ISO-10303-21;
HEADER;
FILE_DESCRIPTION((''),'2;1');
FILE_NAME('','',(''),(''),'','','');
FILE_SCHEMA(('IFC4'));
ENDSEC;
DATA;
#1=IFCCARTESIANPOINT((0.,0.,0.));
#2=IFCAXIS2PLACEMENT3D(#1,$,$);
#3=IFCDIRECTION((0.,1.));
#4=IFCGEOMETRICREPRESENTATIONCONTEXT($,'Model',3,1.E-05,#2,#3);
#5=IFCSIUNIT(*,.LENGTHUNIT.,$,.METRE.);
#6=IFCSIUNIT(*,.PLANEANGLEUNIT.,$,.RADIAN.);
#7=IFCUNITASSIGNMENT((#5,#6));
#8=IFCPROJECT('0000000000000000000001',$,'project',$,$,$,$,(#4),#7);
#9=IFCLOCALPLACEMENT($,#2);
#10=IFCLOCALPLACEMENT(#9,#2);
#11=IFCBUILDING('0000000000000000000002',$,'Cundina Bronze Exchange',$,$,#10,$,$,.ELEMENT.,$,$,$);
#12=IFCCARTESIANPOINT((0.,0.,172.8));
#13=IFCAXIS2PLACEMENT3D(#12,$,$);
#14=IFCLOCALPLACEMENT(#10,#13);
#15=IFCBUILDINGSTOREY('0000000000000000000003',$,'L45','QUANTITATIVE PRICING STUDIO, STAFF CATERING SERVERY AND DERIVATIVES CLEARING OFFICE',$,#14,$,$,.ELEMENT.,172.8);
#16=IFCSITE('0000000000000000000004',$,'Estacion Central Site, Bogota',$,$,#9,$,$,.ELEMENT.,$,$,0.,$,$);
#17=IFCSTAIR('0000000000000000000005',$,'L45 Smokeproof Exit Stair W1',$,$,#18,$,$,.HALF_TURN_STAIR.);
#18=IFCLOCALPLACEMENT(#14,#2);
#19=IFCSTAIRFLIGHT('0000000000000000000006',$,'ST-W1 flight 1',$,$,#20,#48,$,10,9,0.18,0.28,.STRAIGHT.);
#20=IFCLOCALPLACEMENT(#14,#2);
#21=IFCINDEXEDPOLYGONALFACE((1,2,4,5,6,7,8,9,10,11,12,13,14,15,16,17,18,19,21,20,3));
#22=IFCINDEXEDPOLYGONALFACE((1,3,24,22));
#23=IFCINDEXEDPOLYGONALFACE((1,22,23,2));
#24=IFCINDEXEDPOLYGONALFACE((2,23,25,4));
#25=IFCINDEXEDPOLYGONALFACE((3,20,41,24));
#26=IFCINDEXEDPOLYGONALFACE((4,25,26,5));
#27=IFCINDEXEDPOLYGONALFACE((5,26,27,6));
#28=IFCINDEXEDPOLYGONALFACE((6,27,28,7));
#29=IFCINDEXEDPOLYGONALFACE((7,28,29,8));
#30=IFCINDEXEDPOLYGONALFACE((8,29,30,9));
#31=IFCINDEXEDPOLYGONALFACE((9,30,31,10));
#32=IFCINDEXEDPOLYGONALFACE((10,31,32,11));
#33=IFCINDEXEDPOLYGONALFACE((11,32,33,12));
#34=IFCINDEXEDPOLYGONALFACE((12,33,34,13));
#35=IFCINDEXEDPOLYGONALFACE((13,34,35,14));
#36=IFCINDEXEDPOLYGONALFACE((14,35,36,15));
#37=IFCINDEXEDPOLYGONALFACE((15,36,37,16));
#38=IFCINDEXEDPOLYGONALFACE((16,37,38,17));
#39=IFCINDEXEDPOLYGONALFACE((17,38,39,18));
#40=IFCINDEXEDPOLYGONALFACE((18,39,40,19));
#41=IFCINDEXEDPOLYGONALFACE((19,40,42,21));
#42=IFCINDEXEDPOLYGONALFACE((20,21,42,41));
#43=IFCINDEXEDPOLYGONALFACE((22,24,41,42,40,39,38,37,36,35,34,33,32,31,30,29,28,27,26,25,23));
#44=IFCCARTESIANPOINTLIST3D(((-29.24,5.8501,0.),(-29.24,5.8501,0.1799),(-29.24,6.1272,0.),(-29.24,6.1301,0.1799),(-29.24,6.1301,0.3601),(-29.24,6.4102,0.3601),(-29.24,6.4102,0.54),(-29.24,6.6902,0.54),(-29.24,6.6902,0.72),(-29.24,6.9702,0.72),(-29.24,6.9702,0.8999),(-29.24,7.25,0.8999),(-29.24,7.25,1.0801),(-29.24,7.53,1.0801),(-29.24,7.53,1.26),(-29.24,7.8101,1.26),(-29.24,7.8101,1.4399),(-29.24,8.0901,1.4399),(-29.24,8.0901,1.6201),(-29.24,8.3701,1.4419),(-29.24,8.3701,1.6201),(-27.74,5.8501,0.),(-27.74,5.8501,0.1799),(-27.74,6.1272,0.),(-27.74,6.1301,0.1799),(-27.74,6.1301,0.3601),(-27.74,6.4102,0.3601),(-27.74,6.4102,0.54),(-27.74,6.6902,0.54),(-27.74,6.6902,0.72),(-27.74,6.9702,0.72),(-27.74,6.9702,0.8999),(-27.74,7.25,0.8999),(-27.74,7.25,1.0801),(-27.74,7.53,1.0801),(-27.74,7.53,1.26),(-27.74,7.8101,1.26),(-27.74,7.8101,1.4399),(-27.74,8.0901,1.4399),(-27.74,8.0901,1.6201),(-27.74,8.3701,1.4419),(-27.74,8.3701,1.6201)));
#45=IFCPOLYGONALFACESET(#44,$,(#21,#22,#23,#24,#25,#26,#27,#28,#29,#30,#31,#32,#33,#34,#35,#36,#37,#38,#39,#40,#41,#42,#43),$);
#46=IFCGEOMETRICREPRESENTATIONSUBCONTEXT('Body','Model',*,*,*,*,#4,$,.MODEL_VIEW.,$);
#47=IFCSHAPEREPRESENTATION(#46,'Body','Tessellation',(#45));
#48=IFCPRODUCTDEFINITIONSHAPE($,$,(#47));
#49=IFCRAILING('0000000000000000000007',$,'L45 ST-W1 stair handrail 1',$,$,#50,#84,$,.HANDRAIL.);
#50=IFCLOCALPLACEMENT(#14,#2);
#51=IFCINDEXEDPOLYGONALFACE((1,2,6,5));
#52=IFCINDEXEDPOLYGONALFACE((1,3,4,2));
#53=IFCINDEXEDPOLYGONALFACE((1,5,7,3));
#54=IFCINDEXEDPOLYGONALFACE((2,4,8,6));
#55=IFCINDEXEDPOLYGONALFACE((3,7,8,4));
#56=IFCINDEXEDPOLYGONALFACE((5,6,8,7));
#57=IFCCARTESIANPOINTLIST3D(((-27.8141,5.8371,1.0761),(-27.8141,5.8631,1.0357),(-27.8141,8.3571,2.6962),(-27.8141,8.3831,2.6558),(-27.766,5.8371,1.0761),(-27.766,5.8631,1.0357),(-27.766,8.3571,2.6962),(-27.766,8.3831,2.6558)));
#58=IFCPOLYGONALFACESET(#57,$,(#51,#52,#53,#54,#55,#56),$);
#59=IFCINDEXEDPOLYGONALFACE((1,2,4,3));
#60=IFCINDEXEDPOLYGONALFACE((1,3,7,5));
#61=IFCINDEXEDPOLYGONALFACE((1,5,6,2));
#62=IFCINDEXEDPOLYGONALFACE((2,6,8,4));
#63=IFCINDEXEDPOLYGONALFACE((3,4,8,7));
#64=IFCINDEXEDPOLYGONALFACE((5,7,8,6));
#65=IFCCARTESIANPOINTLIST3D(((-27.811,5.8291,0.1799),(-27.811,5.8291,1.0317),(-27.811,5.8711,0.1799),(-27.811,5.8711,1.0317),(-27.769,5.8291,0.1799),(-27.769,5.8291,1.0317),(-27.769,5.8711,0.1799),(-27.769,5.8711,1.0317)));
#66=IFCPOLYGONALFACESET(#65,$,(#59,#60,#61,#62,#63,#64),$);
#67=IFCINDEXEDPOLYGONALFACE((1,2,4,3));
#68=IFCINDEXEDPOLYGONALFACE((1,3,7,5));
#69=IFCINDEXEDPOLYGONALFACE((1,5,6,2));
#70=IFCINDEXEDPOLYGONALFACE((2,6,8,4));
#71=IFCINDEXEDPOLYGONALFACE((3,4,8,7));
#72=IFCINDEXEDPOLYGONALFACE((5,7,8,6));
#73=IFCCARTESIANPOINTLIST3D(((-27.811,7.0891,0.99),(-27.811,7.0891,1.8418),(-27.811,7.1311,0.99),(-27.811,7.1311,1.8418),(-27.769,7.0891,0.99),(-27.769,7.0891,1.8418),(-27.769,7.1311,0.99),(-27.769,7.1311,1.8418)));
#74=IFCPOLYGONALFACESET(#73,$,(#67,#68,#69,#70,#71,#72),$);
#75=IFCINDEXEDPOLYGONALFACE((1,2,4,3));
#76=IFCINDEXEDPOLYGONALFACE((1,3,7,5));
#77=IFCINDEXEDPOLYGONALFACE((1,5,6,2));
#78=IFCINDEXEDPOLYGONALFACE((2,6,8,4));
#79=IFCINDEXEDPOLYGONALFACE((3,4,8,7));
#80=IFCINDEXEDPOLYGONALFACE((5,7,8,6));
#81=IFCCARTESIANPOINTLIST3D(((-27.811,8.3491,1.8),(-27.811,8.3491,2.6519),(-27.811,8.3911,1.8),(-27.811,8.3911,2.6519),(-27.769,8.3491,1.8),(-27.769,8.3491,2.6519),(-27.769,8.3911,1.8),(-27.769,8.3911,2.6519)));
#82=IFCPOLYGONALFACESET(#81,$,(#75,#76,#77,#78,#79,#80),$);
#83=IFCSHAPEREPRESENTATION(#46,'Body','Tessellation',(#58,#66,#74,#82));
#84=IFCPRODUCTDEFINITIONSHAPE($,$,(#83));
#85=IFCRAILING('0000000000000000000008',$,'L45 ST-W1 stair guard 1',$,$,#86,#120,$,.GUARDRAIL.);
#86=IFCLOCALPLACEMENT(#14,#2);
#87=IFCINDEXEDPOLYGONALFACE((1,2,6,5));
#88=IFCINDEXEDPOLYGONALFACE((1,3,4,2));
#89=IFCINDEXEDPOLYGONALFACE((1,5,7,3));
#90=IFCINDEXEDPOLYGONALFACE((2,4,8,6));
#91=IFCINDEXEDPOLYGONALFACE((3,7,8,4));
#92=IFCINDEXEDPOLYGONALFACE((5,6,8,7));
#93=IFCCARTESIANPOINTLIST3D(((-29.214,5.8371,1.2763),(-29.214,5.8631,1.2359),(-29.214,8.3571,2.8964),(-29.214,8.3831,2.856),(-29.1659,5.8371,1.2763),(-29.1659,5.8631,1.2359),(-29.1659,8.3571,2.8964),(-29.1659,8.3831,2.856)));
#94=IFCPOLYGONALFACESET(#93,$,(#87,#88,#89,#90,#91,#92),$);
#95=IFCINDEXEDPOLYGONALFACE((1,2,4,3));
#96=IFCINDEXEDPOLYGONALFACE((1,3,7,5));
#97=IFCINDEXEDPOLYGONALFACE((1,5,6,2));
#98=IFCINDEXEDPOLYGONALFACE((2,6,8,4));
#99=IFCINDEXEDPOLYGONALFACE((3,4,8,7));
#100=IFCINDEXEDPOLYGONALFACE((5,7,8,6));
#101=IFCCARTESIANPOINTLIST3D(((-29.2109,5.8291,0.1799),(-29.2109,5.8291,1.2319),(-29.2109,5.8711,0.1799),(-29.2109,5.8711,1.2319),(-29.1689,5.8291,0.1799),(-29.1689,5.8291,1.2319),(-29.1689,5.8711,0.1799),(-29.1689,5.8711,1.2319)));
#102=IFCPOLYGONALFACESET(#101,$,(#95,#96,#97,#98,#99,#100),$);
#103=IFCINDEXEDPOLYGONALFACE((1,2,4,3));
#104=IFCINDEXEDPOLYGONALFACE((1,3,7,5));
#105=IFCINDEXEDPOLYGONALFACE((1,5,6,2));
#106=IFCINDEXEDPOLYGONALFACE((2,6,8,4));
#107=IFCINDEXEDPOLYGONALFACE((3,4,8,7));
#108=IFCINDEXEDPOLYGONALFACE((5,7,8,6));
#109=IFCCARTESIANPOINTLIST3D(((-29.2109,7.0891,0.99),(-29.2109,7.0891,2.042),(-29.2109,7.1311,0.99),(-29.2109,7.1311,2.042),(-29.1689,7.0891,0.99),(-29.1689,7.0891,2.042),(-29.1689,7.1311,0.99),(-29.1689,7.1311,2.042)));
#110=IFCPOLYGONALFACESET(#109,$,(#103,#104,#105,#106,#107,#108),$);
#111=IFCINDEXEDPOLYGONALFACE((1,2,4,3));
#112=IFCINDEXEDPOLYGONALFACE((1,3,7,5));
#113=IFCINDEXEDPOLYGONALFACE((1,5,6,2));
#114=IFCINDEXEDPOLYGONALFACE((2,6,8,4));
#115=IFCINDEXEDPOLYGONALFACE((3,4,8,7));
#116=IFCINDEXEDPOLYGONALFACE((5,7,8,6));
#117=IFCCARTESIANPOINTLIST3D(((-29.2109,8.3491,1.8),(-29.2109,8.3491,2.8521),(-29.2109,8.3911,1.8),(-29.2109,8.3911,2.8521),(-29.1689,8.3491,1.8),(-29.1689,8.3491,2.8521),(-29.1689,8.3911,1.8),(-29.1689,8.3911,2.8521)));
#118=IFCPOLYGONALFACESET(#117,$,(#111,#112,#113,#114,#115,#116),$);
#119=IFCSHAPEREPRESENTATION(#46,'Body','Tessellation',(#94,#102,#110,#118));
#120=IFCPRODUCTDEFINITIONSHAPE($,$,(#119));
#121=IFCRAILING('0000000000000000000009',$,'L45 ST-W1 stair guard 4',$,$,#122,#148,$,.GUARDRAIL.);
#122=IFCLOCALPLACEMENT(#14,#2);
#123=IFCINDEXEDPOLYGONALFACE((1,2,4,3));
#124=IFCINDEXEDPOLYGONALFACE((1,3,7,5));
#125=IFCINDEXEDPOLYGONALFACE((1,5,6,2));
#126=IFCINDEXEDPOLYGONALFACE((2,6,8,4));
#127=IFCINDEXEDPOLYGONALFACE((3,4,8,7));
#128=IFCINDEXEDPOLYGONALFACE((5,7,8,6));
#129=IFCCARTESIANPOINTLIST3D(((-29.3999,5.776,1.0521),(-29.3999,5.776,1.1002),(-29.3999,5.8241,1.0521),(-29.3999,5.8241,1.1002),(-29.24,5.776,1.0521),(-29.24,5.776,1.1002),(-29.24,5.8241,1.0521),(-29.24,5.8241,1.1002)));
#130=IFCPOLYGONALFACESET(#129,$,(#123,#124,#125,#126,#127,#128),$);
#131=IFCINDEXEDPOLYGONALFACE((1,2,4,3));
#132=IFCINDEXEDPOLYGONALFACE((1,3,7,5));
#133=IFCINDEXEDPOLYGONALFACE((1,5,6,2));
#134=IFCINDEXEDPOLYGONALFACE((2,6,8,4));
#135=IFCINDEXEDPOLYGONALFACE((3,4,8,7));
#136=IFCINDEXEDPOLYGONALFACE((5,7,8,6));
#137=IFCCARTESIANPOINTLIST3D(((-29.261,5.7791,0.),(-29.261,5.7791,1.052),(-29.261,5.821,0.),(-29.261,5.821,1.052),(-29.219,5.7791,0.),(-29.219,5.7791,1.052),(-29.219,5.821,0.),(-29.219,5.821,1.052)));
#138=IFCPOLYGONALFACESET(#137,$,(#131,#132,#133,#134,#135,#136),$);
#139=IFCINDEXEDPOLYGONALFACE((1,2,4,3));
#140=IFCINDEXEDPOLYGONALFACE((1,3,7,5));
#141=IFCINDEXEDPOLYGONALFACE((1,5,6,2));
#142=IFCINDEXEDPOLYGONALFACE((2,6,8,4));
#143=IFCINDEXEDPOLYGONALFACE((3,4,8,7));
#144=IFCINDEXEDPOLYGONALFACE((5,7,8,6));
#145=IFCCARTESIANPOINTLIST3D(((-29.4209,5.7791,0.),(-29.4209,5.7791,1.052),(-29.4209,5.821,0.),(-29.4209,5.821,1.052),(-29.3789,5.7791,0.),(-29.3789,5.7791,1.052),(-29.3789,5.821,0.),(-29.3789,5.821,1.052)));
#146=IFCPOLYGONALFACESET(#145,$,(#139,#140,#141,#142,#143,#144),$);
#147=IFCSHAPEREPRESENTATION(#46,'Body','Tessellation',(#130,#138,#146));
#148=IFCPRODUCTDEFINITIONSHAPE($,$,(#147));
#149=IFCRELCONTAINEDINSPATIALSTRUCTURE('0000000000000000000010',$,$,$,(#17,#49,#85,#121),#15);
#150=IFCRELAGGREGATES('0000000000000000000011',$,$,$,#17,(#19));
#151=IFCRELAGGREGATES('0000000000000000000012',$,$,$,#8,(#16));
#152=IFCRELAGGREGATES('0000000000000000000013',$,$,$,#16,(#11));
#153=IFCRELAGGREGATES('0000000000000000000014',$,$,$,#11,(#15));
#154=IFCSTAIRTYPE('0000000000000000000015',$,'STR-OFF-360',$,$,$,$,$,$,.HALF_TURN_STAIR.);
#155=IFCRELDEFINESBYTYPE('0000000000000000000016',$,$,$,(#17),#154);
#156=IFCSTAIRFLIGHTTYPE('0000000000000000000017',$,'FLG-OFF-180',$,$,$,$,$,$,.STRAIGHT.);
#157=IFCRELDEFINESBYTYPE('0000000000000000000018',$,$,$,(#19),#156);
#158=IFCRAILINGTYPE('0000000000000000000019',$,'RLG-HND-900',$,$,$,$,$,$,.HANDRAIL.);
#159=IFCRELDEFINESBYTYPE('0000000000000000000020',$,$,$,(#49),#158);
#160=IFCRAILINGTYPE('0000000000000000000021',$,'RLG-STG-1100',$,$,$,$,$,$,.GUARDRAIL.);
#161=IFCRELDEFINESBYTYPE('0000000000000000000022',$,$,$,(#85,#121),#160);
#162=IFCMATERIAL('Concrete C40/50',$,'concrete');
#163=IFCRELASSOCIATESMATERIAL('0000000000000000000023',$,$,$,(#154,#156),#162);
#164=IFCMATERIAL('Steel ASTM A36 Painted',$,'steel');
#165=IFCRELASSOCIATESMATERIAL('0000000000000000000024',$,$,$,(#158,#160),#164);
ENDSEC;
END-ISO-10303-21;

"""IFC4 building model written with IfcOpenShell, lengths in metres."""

from ifc_helpers import new_model, si_unit, direction, frame, origin, origin_2d, place, context, subcontext, project, spatial, polyline, rectangle, outline, extrude, material, type_object, element, aggregate, save


model = new_model("IFC4")

# Units and contexts
model_context = context("Model", 3, precision=1e-05, world=origin(), true_north=direction((0.0, 1.0)))
body_context = subcontext(model_context, "Body", "Model", "MODEL_VIEW")
ifc_project = project(units=[si_unit("LENGTHUNIT", "METRE"), si_unit("PLANEANGLEUNIT", "RADIAN")], contexts=[model_context])

# Site, building, storey
site_placement = place(None, origin())
site = spatial("IfcSite", under=ifc_project, at=site_placement, Name="Estacion Central Site, Bogota", CompositionType="ELEMENT", RefElevation=0.0)
building_placement = place(site_placement, origin())
building = spatial("IfcBuilding", under=site, at=building_placement, Name="Cundina Bronze Exchange", CompositionType="ELEMENT")
storey_placement = place(building_placement, frame((0.0, 0.0, 172.8)))
storey = spatial("IfcBuildingStorey", under=building, at=storey_placement, Name="L45", Description="QUANTITATIVE PRICING STUDIO, STAFF CATERING SERVERY AND DERIVATIVES CLEARING OFFICE", CompositionType="ELEMENT", Elevation=172.8)

# Shared definitions
ifc_material_1 = material(Name="Steel ASTM A36 Painted", Category="steel")

# Stair, stair flight
ifc_material_2 = material(Name="Concrete C40/50", Category="concrete")
stair_type = type_object("IfcStairType", Name="STR-OFF-360", PredefinedType="HALF_TURN_STAIR", material=ifc_material_2)
stair_placement = place(storey_placement, origin())
stair = element("IfcStair", 1, at=stair_placement, inside=storey, type_object=stair_type, Name="L45 Smokeproof Exit Stair W1", PredefinedType="HALF_TURN_STAIR")
stair_flight_type = type_object("IfcStairFlightType", Name="FLG-OFF-180", PredefinedType="STRAIGHT", material=ifc_material_2)
stair_flight_placement = place(storey_placement, frame((-28.49, 5.8501, 0.0), z_axis=(0.0, 0.0, 1.0), x_axis=(0.0, 1.0, 0.0)))
stair_flight = element("IfcStairFlight", 2, at=stair_flight_placement, type_object=stair_flight_type, Name="ST-W1 flight 1", NumberOfRisers=10, NumberOfTreads=9, PredefinedType="STRAIGHT", RiserHeight=0.18, TreadLength=0.28, context=body_context, shape_type="SweptSolid", body=[
    extrude(outline(polyline([(0.0, 0.0), (0.0, 0.1799), (0.28, 0.1799), (0.28, 0.3601), (0.5601, 0.3601), (0.5601, 0.54), (0.8401, 0.54), (0.8401, 0.72), (1.1201, 0.72), (1.1201, 0.8999), (1.3999, 0.8999), (1.3999, 1.0801), (1.6799, 1.0801), (1.6799, 1.26), (1.96, 1.26), (1.96, 1.4399), (2.24, 1.4399), (2.24, 1.6201), (2.52, 1.6201), (2.52, 1.8), (2.52, 1.4419), (0.2771, 0.0), (0.0, 0.0)])), frame((0.0, 0.75, 0.0), z_axis=(0.0, -1.0, 0.0), x_axis=(1.0, 0.0, 0.0)), (0.0, 0.0, 1.0), 1.5),
])
aggregate(stair, [stair_flight])

# Railings
railing_type_1 = type_object("IfcRailingType", Name="RLG-HND-900", PredefinedType="HANDRAIL", material=ifc_material_1)
railing_1_placement = place(storey_placement, frame((-27.79, 5.8501, 0.1799)))
element("IfcRailing", 3, at=railing_1_placement, inside=storey, type_object=railing_type_1, Name="L45 ST-W1 stair handrail 1", PredefinedType="HANDRAIL", context=body_context, shape_type="SweptSolid", body=[
    extrude(rectangle(XDim=0.0481, YDim=0.0481, at=origin_2d()), frame((0.0, 0.0, 0.876), z_axis=(0.0, 0.841163, 0.540782), x_axis=(-1.0, 0.0, 0.0)), (0.0, 0.0, 1.0), 2.9958),
    extrude(rectangle(XDim=0.042, YDim=0.042, at=origin_2d()), origin(), (0.0, 0.0, 1.0), 0.8518),
    extrude(rectangle(XDim=0.042, YDim=0.042, at=origin_2d()), frame((0.0, 1.26, 0.8101)), (0.0, 0.0, 1.0), 0.8518),
    extrude(rectangle(XDim=0.042, YDim=0.042, at=origin_2d()), frame((0.0, 2.52, 1.6201)), (0.0, 0.0, 1.0), 0.8518),
])
railing_type_2 = type_object("IfcRailingType", Name="RLG-STG-1100", PredefinedType="GUARDRAIL", material=ifc_material_1)
railing_2_placement = place(storey_placement, frame((-29.1899, 5.8501, 0.1799)))
element("IfcRailing", 4, at=railing_2_placement, inside=storey, type_object=railing_type_2, Name="L45 ST-W1 stair guard 1", PredefinedType="GUARDRAIL", context=body_context, shape_type="SweptSolid", body=[
    extrude(rectangle(XDim=0.0481, YDim=0.0481, at=origin_2d()), frame((0.0, 0.0, 1.0762), z_axis=(0.0, 0.841163, 0.540782), x_axis=(-1.0, 0.0, 0.0)), (0.0, 0.0, 1.0), 2.9958),
    extrude(rectangle(XDim=0.042, YDim=0.042, at=origin_2d()), origin(), (0.0, 0.0, 1.0), 1.052),
    extrude(rectangle(XDim=0.042, YDim=0.042, at=origin_2d()), frame((0.0, 1.26, 0.8101)), (0.0, 0.0, 1.0), 1.052),
    extrude(rectangle(XDim=0.042, YDim=0.042, at=origin_2d()), frame((0.0, 2.52, 1.6201)), (0.0, 0.0, 1.0), 1.052),
])
railing_3_placement = place(storey_placement, frame((-29.24, 5.8, 0.0)))
element("IfcRailing", 5, at=railing_3_placement, inside=storey, type_object=railing_type_2, Name="L45 ST-W1 stair guard 4", PredefinedType="GUARDRAIL", context=body_context, shape_type="SweptSolid", body=[
    extrude(rectangle(XDim=0.0481, YDim=0.0481, at=origin_2d()), frame((0.0, 0.0, 1.0762), z_axis=(-1.0, 0.0, 0.0), x_axis=(0.0, -1.0, 0.0)), (0.0, 0.0, 1.0), 0.1599),
    extrude(rectangle(XDim=0.042, YDim=0.042, at=origin_2d()), origin(), (0.0, 0.0, 1.0), 1.052),
    extrude(rectangle(XDim=0.042, YDim=0.042, at=origin_2d()), frame((-0.1599, 0.0, 0.0)), (0.0, 0.0, 1.0), 1.052),
])

save(model, "model.ifc")
